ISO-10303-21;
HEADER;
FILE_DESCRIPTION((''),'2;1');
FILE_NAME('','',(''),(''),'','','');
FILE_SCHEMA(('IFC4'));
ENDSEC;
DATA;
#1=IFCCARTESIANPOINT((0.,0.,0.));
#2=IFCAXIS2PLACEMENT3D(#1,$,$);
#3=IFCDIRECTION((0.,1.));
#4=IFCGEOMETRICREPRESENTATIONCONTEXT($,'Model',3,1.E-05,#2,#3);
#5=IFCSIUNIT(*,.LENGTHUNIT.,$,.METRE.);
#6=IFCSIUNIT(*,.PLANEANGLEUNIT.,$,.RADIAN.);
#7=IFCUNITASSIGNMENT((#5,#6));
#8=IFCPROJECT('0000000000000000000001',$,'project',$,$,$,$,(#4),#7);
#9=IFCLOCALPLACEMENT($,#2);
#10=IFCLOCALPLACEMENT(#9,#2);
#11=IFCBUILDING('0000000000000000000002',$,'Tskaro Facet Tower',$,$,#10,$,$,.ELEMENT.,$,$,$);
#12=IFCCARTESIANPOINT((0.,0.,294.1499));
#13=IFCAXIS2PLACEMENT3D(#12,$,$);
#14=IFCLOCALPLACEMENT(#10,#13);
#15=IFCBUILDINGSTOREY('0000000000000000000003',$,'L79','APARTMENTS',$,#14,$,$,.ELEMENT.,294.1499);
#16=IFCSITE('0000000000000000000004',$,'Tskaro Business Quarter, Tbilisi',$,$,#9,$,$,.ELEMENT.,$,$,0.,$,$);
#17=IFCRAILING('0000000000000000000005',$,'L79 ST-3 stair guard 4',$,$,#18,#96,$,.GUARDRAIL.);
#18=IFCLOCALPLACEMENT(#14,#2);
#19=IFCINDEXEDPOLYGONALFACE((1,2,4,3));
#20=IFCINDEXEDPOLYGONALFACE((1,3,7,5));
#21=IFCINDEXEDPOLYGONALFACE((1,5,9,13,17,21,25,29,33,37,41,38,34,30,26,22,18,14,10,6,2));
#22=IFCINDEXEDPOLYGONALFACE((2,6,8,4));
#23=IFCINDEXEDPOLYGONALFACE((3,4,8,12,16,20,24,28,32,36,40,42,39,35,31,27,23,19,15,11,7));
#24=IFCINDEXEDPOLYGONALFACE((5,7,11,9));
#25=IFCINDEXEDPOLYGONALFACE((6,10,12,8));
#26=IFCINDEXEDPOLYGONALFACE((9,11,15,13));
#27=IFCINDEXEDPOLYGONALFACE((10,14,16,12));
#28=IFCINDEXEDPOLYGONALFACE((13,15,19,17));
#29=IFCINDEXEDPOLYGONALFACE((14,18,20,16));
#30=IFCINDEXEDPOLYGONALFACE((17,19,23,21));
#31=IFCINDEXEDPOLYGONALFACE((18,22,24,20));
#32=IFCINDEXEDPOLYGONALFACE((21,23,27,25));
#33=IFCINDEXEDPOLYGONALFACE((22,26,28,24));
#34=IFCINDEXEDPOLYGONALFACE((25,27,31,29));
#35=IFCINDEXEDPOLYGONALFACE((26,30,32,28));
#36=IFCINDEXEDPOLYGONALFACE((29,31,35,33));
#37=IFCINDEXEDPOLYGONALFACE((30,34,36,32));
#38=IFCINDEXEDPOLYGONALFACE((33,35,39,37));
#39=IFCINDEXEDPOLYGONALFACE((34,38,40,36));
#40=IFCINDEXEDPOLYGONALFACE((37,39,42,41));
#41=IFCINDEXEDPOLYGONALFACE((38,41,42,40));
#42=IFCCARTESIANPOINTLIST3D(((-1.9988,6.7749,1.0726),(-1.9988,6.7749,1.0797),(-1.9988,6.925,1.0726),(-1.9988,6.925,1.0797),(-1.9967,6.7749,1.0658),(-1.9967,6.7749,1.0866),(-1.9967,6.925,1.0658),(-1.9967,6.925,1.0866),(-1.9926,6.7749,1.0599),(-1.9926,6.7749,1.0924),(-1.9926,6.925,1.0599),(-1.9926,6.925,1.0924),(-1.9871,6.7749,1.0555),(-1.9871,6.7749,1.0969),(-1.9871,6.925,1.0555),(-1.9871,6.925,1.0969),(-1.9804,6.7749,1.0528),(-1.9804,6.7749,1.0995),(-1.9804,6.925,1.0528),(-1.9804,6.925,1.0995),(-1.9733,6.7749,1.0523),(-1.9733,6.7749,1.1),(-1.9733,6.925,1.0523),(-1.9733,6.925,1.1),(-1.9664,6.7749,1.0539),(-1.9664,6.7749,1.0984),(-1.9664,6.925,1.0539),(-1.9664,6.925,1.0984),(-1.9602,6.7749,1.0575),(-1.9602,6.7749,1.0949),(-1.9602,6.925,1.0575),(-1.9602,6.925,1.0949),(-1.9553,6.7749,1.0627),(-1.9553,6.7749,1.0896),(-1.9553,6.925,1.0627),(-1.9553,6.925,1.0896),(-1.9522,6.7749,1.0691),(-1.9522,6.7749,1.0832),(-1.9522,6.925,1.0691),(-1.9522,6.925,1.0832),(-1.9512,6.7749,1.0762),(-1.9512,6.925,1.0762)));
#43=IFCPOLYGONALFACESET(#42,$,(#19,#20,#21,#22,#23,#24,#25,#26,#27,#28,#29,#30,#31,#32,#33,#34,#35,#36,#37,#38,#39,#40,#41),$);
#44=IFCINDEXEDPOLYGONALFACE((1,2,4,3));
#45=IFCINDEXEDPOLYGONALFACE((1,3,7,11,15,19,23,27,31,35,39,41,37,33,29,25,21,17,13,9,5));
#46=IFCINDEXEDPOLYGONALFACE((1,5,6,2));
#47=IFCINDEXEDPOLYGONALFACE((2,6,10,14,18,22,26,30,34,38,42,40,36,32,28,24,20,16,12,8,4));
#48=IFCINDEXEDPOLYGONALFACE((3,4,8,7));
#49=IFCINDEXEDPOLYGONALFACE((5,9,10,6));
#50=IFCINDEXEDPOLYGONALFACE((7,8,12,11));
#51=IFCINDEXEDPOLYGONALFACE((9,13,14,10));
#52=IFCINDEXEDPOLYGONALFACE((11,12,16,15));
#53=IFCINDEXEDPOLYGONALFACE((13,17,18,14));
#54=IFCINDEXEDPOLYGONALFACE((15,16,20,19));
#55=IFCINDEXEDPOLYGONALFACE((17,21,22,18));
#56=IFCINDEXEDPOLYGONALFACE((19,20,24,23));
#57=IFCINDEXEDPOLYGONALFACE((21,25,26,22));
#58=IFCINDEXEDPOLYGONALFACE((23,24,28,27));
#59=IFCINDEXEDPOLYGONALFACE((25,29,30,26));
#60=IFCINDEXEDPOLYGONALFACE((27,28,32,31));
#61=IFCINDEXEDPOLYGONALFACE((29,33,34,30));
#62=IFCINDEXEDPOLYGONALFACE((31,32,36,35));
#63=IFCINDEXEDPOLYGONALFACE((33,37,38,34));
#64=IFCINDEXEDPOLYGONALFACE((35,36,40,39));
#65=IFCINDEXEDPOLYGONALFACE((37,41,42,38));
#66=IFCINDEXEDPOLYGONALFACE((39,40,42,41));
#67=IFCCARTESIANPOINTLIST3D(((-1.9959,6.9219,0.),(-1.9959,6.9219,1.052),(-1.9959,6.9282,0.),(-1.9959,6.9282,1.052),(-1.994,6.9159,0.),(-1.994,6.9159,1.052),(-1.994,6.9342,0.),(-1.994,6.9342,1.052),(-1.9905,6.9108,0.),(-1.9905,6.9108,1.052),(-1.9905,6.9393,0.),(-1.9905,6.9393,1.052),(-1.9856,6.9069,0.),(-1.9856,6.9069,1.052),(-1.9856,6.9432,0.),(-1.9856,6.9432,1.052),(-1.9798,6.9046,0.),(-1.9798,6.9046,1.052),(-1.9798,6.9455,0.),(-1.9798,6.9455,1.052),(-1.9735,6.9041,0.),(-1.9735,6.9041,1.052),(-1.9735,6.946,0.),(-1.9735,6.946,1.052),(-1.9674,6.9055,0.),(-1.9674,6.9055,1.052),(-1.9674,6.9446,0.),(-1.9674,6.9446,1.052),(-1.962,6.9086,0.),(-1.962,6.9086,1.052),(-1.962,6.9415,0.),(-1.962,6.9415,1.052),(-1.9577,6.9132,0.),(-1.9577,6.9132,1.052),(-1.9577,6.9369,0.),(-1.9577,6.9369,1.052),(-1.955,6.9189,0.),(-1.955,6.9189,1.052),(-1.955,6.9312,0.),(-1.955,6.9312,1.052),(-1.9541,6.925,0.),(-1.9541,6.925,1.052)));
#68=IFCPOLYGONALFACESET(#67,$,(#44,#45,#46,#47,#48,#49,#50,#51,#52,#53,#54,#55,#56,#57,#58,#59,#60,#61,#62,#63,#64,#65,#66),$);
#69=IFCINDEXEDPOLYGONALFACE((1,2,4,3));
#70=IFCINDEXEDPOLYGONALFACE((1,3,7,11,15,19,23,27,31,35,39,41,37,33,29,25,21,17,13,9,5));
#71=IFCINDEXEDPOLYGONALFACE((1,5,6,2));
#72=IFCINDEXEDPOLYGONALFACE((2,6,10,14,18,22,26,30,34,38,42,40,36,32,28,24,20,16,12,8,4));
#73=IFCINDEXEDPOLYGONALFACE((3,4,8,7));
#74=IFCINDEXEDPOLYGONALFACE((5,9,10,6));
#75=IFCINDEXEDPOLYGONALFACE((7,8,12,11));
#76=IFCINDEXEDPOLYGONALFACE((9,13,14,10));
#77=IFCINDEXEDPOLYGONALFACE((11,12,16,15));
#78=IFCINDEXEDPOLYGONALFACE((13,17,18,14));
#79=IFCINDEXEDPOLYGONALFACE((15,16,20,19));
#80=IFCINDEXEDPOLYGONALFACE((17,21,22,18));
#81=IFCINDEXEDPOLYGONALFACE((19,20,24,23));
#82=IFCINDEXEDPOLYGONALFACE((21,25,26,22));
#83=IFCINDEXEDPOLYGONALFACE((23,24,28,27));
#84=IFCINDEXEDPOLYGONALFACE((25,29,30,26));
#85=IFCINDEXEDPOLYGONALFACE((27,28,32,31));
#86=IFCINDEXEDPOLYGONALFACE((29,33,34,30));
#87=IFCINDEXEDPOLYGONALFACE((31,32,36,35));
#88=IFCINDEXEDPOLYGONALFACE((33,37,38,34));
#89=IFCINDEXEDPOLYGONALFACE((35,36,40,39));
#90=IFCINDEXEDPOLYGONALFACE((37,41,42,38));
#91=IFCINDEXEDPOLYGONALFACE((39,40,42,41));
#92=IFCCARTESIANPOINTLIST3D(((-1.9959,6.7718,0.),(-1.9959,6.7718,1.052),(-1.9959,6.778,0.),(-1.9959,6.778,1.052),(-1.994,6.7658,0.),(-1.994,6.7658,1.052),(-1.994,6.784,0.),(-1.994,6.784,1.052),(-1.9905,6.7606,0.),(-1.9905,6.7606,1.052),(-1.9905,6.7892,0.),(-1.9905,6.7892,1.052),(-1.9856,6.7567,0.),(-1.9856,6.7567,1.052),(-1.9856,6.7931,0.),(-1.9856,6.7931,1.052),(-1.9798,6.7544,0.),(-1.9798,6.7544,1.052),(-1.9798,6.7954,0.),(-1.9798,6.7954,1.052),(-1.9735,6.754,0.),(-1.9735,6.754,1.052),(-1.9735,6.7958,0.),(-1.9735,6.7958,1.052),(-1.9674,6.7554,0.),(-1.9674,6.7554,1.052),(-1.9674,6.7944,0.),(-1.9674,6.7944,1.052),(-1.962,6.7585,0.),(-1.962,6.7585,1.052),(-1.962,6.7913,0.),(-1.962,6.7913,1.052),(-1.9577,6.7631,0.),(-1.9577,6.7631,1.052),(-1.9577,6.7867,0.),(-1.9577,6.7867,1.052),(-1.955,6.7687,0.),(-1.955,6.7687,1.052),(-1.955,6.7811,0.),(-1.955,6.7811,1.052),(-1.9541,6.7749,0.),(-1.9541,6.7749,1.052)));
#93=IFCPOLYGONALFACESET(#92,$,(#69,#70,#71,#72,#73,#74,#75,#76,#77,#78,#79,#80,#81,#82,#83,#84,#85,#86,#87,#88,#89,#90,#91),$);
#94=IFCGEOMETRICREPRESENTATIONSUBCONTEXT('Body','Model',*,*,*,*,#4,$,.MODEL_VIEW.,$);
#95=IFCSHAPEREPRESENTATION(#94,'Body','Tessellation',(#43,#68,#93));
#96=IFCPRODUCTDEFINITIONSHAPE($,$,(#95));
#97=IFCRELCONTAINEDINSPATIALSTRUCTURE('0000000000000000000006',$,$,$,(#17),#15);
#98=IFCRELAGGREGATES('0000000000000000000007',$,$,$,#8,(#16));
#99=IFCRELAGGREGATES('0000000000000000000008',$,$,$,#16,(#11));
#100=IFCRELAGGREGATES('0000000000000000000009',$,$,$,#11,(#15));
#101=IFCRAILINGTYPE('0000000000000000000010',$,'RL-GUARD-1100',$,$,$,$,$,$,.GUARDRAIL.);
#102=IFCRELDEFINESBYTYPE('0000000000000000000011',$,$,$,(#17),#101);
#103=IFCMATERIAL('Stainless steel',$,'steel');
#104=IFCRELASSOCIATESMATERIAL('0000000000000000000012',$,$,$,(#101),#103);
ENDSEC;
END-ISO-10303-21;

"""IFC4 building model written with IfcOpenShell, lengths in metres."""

from ifc_helpers import new_model, si_unit, direction, frame, origin, origin_2d, place, context, subcontext, project, spatial, circle, extrude, material, type_object, element, save


model = new_model("IFC4")

# Units and contexts
model_context = context("Model", 3, precision=1e-05, world=origin(), true_north=direction((0.0, 1.0)))
body_context = subcontext(model_context, "Body", "Model", "MODEL_VIEW")
ifc_project = project(units=[si_unit("LENGTHUNIT", "METRE"), si_unit("PLANEANGLEUNIT", "RADIAN")], contexts=[model_context])

# Site, building, storey
site_placement = place(None, origin())
site = spatial("IfcSite", under=ifc_project, at=site_placement, Name="Tskaro Business Quarter, Tbilisi", CompositionType="ELEMENT", RefElevation=0.0)
building_placement = place(site_placement, origin())
building = spatial("IfcBuilding", under=site, at=building_placement, Name="Tskaro Facet Tower", CompositionType="ELEMENT")
storey_placement = place(building_placement, frame((0.0, 0.0, 294.1499)))
storey = spatial("IfcBuildingStorey", under=building, at=storey_placement, Name="L79", Description="APARTMENTS", CompositionType="ELEMENT", Elevation=294.1499)

# Railing
ifc_material_1 = material(Name="Stainless steel", Category="steel")
railing_type_1 = type_object("IfcRailingType", Name="RL-GUARD-1100", PredefinedType="GUARDRAIL", material=ifc_material_1)
railing_1_placement = place(storey_placement, frame((-1.9751, 6.925, 0.0)))
element("IfcRailing", 1, at=railing_1_placement, inside=storey, type_object=railing_type_1, Name="L79 ST-3 stair guard 4", PredefinedType="GUARDRAIL", context=body_context, shape_type="SweptSolid", body=[
    extrude(circle(Radius=0.0239, at=origin_2d()), frame((0.0, 0.0, 1.0762), z_axis=(0.0, -1.0, 0.0), x_axis=(1.0, 0.0, 0.0)), (0.0, 0.0, 1.0), 0.1501),
    extrude(circle(Radius=0.021, at=origin_2d()), origin(), (0.0, 0.0, 1.0), 1.052),
    extrude(circle(Radius=0.021, at=origin_2d()), frame((0.0, -0.1501, 0.0)), (0.0, 0.0, 1.0), 1.052),
])

save(model, "model.ifc")
